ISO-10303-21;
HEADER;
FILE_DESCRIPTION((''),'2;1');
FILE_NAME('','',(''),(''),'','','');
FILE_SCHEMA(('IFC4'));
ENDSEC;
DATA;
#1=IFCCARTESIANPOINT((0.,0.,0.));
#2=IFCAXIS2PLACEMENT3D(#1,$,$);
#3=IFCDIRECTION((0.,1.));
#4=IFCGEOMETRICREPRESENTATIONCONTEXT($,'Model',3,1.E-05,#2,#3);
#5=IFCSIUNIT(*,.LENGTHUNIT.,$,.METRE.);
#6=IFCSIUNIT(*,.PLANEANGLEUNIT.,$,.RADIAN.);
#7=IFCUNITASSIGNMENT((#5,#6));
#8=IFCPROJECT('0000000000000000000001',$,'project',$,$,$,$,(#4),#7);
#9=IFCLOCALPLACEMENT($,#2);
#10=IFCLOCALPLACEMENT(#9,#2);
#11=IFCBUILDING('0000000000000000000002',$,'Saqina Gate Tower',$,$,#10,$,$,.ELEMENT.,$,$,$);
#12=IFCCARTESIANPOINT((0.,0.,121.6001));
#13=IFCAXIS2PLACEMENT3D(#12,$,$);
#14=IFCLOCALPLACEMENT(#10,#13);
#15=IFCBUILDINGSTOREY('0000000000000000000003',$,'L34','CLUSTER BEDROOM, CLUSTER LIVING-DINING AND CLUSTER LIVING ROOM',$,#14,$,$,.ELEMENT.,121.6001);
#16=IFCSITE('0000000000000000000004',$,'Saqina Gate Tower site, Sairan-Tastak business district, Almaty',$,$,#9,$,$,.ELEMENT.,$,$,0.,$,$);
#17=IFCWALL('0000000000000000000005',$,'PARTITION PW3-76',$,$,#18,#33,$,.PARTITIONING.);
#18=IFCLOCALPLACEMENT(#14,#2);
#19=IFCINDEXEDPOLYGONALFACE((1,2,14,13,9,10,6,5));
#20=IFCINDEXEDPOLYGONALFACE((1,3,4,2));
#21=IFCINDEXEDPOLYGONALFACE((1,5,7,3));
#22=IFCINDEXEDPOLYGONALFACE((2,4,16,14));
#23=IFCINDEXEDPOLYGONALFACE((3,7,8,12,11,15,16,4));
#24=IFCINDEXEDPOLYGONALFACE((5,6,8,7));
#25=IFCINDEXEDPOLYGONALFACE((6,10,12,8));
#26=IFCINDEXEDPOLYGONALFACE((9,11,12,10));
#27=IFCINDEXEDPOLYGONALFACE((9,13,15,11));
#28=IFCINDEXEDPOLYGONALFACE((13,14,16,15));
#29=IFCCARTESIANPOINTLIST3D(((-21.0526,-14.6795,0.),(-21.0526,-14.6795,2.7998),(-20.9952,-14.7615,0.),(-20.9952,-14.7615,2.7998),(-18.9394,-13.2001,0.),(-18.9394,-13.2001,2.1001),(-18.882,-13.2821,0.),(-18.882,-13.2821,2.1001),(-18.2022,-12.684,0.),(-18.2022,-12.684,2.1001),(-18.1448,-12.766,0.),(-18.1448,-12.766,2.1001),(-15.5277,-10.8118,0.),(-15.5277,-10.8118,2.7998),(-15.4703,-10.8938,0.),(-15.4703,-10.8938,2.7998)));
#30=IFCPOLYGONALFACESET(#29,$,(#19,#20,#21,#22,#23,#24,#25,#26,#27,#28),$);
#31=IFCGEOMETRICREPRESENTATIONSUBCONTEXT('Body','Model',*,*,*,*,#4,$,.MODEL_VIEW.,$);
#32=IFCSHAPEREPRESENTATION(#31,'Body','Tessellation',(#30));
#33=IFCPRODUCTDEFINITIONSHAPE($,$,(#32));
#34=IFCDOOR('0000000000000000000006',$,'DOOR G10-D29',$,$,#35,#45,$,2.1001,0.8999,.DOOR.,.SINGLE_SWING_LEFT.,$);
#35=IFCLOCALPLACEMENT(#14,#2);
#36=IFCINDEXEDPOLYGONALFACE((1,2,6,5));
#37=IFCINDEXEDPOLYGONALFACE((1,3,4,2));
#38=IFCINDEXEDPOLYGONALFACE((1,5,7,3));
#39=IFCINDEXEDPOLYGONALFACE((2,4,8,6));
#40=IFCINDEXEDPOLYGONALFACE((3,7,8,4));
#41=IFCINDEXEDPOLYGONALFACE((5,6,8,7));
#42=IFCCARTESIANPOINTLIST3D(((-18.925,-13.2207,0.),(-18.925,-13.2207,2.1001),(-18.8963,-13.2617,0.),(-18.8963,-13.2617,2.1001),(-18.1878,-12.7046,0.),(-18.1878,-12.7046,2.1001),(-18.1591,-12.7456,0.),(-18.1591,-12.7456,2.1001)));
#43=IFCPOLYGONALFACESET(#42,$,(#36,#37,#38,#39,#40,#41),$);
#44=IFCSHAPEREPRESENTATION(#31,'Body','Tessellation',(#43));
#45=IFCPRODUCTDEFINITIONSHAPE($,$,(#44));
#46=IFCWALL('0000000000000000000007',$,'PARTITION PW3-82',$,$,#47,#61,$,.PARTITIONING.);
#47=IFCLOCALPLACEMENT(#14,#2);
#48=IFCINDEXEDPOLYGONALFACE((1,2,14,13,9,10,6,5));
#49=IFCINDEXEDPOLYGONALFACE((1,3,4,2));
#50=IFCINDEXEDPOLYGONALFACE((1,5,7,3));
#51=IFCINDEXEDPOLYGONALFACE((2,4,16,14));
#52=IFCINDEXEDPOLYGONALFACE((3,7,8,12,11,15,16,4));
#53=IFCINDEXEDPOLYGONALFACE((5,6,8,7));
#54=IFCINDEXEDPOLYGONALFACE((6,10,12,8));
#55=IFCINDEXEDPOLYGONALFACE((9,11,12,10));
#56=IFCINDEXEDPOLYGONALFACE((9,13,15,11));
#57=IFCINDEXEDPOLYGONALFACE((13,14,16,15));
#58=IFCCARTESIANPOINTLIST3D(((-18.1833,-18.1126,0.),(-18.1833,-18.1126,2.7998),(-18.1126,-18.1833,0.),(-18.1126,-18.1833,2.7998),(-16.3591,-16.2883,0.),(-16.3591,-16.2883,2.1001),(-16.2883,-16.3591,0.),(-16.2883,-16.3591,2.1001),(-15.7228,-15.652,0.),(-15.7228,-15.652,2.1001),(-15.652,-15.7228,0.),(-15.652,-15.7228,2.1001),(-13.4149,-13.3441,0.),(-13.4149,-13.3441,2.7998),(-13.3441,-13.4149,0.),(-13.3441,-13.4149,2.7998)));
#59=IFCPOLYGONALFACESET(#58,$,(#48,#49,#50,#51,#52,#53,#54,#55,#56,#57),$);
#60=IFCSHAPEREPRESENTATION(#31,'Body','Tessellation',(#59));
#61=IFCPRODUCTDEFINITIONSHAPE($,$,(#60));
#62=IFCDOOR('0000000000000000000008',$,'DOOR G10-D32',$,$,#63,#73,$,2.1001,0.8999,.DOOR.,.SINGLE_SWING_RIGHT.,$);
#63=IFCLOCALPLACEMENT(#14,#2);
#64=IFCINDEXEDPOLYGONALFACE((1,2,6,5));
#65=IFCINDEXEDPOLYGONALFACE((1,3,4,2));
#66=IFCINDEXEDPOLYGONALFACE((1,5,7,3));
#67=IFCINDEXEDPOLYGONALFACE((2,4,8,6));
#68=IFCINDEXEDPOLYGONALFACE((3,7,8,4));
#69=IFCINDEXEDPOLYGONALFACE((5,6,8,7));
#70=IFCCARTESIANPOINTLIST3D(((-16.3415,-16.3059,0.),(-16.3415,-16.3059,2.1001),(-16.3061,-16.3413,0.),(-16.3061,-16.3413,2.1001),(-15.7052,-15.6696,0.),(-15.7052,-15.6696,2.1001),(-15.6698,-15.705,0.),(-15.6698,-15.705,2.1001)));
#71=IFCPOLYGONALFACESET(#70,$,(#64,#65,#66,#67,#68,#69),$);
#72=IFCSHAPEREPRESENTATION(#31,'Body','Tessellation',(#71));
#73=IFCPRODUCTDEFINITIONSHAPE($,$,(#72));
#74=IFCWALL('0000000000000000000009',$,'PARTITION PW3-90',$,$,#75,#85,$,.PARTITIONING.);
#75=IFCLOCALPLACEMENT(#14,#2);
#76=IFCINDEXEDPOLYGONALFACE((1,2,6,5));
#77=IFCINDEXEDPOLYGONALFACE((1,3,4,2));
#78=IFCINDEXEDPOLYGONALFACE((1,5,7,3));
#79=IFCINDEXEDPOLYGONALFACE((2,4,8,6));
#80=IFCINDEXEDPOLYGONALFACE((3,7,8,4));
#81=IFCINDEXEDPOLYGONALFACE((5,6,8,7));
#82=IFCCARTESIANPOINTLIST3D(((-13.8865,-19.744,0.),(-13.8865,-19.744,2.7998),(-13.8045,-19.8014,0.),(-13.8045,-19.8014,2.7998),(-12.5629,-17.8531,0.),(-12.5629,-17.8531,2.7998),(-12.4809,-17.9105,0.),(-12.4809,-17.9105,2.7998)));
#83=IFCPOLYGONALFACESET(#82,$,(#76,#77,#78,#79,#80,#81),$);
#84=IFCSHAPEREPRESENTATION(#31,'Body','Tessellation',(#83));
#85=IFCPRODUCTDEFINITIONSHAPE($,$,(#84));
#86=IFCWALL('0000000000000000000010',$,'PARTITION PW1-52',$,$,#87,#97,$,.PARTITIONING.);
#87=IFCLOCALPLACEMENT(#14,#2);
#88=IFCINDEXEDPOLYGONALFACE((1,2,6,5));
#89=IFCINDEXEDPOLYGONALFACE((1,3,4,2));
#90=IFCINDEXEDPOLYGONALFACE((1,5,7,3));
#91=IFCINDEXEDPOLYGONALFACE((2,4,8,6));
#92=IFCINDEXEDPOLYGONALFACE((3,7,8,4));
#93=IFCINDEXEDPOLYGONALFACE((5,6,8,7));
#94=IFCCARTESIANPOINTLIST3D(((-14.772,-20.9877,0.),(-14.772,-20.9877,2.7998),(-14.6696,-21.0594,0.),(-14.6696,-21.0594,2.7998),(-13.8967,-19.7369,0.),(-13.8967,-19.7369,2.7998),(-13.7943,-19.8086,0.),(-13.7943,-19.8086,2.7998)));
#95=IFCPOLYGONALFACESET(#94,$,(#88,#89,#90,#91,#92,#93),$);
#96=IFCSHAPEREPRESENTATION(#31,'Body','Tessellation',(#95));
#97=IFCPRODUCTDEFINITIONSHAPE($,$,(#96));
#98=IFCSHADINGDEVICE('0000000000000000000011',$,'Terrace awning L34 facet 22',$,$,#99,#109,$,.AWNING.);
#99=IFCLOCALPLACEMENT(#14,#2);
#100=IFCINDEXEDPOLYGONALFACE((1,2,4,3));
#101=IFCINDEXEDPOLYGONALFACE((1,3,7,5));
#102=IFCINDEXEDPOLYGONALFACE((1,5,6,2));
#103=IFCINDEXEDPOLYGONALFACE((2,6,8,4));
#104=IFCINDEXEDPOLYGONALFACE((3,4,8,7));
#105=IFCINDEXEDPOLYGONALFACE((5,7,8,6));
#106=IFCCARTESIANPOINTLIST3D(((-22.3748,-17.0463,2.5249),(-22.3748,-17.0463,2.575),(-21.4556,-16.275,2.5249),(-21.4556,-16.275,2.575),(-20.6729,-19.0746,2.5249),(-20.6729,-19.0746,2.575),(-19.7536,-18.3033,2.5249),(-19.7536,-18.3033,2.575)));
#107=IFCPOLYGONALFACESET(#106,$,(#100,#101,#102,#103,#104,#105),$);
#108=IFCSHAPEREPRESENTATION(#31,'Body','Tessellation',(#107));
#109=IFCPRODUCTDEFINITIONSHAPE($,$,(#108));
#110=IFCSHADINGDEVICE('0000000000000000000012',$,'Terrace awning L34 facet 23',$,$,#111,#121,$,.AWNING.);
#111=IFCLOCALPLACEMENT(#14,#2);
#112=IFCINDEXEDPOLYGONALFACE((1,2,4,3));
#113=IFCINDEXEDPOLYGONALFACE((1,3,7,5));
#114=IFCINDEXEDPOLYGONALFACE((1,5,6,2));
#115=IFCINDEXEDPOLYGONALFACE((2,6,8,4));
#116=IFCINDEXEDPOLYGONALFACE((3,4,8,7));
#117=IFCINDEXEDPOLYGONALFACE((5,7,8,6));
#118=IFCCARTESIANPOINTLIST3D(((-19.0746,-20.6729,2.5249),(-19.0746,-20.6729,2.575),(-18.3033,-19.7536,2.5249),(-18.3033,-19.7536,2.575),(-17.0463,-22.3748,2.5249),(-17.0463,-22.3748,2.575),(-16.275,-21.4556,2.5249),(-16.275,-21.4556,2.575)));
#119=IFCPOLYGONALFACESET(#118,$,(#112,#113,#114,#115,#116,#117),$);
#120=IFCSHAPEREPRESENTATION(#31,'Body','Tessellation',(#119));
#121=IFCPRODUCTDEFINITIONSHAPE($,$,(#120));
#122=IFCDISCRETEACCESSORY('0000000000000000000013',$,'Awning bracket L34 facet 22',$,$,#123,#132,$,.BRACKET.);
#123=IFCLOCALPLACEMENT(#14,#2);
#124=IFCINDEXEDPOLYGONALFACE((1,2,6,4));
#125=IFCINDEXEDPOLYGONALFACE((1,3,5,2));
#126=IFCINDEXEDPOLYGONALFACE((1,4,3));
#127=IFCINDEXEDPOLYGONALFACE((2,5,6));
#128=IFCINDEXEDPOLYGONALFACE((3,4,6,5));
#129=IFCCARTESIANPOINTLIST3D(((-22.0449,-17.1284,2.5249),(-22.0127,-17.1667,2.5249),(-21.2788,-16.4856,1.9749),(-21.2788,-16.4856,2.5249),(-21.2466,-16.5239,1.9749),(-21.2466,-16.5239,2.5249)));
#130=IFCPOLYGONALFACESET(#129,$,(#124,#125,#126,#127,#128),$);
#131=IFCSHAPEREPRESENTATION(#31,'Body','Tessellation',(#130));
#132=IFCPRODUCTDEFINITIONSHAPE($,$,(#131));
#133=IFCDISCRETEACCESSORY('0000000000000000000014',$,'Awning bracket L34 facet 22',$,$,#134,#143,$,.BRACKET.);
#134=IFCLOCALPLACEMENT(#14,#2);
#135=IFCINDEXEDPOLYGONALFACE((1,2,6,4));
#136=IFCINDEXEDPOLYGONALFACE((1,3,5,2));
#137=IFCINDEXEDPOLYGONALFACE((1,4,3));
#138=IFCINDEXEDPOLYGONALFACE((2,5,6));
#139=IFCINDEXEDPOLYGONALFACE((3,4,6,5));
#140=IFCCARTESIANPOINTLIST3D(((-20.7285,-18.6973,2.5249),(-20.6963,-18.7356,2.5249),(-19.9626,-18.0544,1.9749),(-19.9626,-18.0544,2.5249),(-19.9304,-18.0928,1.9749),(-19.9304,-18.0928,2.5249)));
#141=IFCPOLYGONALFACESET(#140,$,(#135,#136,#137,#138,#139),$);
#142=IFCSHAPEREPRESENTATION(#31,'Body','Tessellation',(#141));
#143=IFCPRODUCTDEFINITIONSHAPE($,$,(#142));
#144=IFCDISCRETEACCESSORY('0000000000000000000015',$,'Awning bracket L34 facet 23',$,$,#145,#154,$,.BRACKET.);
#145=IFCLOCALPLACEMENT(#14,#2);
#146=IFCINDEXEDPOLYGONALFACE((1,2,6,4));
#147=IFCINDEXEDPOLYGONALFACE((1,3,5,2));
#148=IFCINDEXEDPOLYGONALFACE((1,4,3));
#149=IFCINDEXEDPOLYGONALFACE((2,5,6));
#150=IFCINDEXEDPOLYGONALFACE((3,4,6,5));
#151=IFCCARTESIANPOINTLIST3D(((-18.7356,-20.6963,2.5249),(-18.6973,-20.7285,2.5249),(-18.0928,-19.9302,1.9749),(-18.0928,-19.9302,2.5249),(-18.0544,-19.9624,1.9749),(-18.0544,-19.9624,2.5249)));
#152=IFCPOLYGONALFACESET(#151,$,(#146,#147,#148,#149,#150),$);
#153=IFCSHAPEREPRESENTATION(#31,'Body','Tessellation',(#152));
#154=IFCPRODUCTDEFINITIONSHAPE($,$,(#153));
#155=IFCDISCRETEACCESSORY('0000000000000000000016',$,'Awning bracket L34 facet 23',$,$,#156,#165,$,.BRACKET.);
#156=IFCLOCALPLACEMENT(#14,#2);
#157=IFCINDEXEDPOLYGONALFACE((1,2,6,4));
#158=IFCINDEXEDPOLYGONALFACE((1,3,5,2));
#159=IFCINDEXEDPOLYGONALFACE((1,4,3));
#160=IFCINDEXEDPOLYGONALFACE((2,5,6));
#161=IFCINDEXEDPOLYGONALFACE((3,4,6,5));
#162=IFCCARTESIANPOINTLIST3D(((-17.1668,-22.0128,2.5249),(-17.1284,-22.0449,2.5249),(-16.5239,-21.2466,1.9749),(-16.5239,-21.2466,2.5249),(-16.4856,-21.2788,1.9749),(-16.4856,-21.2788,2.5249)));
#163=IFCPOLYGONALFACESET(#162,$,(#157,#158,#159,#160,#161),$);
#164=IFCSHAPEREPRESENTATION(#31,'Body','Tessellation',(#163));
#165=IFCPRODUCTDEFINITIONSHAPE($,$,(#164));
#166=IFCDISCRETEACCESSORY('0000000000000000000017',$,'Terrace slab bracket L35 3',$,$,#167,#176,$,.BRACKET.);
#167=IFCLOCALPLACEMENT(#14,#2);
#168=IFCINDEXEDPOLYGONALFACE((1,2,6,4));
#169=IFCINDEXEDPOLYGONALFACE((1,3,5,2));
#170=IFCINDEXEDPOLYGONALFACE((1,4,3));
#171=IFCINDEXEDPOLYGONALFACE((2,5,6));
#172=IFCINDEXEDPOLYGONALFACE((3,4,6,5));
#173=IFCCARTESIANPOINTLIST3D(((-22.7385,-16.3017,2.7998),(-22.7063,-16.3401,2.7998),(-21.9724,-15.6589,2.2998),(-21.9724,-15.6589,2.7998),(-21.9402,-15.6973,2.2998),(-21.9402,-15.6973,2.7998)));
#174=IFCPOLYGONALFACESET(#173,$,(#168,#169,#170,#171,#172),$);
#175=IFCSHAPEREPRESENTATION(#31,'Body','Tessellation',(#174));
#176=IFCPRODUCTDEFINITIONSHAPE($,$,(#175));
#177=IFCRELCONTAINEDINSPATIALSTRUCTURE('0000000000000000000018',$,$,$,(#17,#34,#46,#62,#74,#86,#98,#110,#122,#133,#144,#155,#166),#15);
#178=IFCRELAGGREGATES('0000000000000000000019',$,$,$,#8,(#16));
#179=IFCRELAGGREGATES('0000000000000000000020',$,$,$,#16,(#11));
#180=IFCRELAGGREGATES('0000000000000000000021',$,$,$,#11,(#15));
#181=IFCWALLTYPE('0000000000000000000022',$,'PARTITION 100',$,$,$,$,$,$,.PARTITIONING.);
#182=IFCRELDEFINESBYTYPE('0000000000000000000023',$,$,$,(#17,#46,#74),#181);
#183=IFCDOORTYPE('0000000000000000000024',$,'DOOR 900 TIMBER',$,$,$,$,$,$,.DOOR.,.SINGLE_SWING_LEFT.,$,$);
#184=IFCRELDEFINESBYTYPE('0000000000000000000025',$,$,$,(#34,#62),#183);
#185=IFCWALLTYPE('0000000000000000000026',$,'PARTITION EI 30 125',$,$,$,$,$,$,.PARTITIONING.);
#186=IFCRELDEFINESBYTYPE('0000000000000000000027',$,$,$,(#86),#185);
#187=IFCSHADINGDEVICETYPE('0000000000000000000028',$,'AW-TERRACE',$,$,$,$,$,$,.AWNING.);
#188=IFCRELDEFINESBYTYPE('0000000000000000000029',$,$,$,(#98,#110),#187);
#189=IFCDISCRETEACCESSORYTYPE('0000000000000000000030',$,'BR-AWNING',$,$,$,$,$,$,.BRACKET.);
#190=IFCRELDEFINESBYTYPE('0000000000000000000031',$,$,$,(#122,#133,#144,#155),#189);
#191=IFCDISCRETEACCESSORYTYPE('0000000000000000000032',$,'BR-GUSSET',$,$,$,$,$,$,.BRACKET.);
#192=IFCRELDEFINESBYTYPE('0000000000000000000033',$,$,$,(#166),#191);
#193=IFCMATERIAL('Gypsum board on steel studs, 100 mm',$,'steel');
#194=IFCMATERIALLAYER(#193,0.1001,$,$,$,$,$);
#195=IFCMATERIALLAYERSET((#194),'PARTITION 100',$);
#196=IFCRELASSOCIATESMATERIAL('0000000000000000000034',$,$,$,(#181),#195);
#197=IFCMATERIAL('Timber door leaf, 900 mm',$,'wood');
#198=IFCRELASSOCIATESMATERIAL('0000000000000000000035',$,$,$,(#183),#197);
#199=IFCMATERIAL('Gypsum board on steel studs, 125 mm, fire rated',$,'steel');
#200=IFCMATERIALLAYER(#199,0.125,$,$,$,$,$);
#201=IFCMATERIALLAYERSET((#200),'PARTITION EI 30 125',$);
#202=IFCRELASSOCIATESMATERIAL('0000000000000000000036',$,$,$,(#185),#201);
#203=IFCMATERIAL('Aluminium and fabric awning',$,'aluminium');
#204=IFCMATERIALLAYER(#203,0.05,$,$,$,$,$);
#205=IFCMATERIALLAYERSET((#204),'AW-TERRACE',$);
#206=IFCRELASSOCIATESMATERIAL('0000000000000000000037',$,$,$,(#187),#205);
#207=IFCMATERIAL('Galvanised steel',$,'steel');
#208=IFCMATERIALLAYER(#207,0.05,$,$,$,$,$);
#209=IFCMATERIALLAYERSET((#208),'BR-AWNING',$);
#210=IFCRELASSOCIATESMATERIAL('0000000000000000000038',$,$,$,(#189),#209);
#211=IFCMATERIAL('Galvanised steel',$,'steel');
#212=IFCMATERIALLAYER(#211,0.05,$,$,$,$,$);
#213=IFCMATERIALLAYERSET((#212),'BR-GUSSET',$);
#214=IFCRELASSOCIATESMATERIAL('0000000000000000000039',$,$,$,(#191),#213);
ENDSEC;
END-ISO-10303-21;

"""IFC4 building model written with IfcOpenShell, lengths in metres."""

from ifc_helpers import new_model, si_unit, direction, frame, frame_2d, origin, origin_2d, place, context, subcontext, project, spatial, polyline, rectangle, outline, extrude, material, layer, layer_set, type_object, element, fill, save


model = new_model("IFC4")

# Units and contexts
model_context = context("Model", 3, precision=1e-05, world=origin(), true_north=direction((0.0, 1.0)))
body_context = subcontext(model_context, "Body", "Model", "MODEL_VIEW")
ifc_project = project(units=[si_unit("LENGTHUNIT", "METRE"), si_unit("PLANEANGLEUNIT", "RADIAN")], contexts=[model_context])

# Site, building, storey
site_placement = place(None, origin())
site = spatial("IfcSite", under=ifc_project, at=site_placement, Name="Saqina Gate Tower site, Sairan-Tastak business district, Almaty", CompositionType="ELEMENT", RefElevation=0.0)
building_placement = place(site_placement, origin())
building = spatial("IfcBuilding", under=site, at=building_placement, Name="Saqina Gate Tower", CompositionType="ELEMENT")
storey_placement = place(building_placement, frame((0.0, 0.0, 121.6001)))
storey = spatial("IfcBuildingStorey", under=building, at=storey_placement, Name="L34", Description="CLUSTER BEDROOM, CLUSTER LIVING-DINING AND CLUSTER LIVING ROOM", CompositionType="ELEMENT", Elevation=121.6001)

# Walls, openings, doors
ifc_material_1 = material(Name="Gypsum board on steel studs, 100 mm", Category="steel")
ifc_layer_1 = layer(ifc_material_1, 0.1001)
ifc_layer_set_1 = layer_set([ifc_layer_1], Name="PARTITION 100")
wall_type_1 = type_object("IfcWallType", Name="PARTITION 100", PredefinedType="PARTITIONING", material=ifc_layer_set_1)
wall_1_placement = place(storey_placement, frame((-21.0239, -14.7205, 0.0), z_axis=(0.0, 0.0, 1.0), x_axis=(0.819215, 0.573487, 0.0)))
wall_1 = element("IfcWall", 1, at=wall_1_placement, inside=storey, type_object=wall_type_1, Name="PARTITION PW3-76", PredefinedType="PARTITIONING", context=body_context, shape_type="SweptSolid", body=[
    extrude(rectangle(XDim=6.7441, YDim=0.1001, at=frame_2d((3.3721, 0.0))), origin(), (0.0, 0.0, 1.0), 2.7998),
])
opening_1_placement = place(wall_1_placement, frame((2.5796, 0.0, 0.0)))
opening_1 = element("IfcOpeningElement", 2, at=opening_1_placement, cuts=wall_1, PredefinedType="OPENING", context=body_context, shape_type="SweptSolid", body=[
    extrude(rectangle(XDim=0.8999, YDim=2.1001, at=frame_2d((0.45, 1.05))), frame((0.0, 0.062, 0.0), z_axis=(0.0, -1.0, 0.0), x_axis=(1.0, 0.0, 0.0)), (0.0, 0.0, 1.0), 0.124),
])
ifc_material_2 = material(Name="Timber door leaf, 900 mm", Category="wood")
door_type_1 = type_object("IfcDoorType", Name="DOOR 900 TIMBER", OperationType="SINGLE_SWING_LEFT", PredefinedType="DOOR", material=ifc_material_2)
door_1_placement = place(opening_1_placement, origin())
door_1 = element("IfcDoor", 3, at=door_1_placement, inside=storey, type_object=door_type_1, Name="DOOR G10-D29", OperationType="SINGLE_SWING_LEFT", OverallHeight=2.1001, OverallWidth=0.8999, PredefinedType="DOOR", context=body_context, shape_type="SweptSolid", body=[
    extrude(rectangle(XDim=0.8999, YDim=2.1001, at=frame_2d((0.45, 1.05))), frame((0.0, 0.0249, 0.0), z_axis=(0.0, -1.0, 0.0), x_axis=(1.0, 0.0, 0.0)), (0.0, 0.0, 1.0), 0.05),
])
fill(opening_1, door_1)
wall_2_placement = place(storey_placement, frame((-18.1479, -18.1479, 0.0), z_axis=(0.0, 0.0, 1.0), x_axis=(0.707107, 0.707107, 0.0)))
wall_2 = element("IfcWall", 4, at=wall_2_placement, inside=storey, type_object=wall_type_1, Name="PARTITION PW3-82", PredefinedType="PARTITIONING", context=body_context, shape_type="SweptSolid", body=[
    extrude(rectangle(XDim=6.7437, YDim=0.1001, at=frame_2d((3.3718, 0.0))), origin(), (0.0, 0.0, 1.0), 2.7998),
])
opening_2_placement = place(wall_2_placement, frame((2.5798, 0.0, 0.0)))
opening_2 = element("IfcOpeningElement", 5, at=opening_2_placement, cuts=wall_2, PredefinedType="OPENING", context=body_context, shape_type="SweptSolid", body=[
    extrude(rectangle(XDim=0.8999, YDim=2.1001, at=frame_2d((0.45, 1.05))), frame((0.0, 0.062, 0.0), z_axis=(0.0, -1.0, 0.0), x_axis=(1.0, 0.0, 0.0)), (0.0, 0.0, 1.0), 0.124),
])
door_2_placement = place(opening_2_placement, frame((0.8999, 0.0, 0.0), z_axis=(0.0, 0.0, 1.0), x_axis=(-1.0, 0.0, 0.0)))
door_2 = element("IfcDoor", 6, at=door_2_placement, inside=storey, type_object=door_type_1, Name="DOOR G10-D32", OperationType="SINGLE_SWING_RIGHT", OverallHeight=2.1001, OverallWidth=0.8999, PredefinedType="DOOR", context=body_context, shape_type="SweptSolid", body=[
    extrude(rectangle(XDim=0.8999, YDim=2.1001, at=frame_2d((0.45, 1.05))), frame((0.0, 0.0249, 0.0), z_axis=(0.0, -1.0, 0.0), x_axis=(1.0, 0.0, 0.0)), (0.0, 0.0, 1.0), 0.05),
])
fill(opening_2, door_2)

# Walls
wall_3_placement = place(storey_placement, frame((-13.8455, -19.7727, 0.0), z_axis=(0.0, 0.0, 1.0), x_axis=(0.573427, 0.819257, 0.0)))
element("IfcWall", 7, at=wall_3_placement, inside=storey, type_object=wall_type_1, Name="PARTITION PW3-90", PredefinedType="PARTITIONING", context=body_context, shape_type="SweptSolid", body=[
    extrude(rectangle(XDim=2.3081, YDim=0.1001, at=frame_2d((1.1541, 0.0))), origin(), (0.0, 0.0, 1.0), 2.7998),
])
ifc_material_3 = material(Name="Gypsum board on steel studs, 125 mm, fire rated", Category="steel")
ifc_layer_2 = layer(ifc_material_3, 0.125)
ifc_layer_set_2 = layer_set([ifc_layer_2], Name="PARTITION EI 30 125")
wall_type_2 = type_object("IfcWallType", Name="PARTITION EI 30 125", PredefinedType="PARTITIONING", material=ifc_layer_set_2)
wall_4_placement = place(storey_placement, frame((-14.7207, -21.0234, 0.0), z_axis=(0.0, 0.0, 1.0), x_axis=(0.573344, 0.819315, 0.0)))
element("IfcWall", 8, at=wall_4_placement, inside=storey, type_object=wall_type_2, Name="PARTITION PW1-52", PredefinedType="PARTITIONING", context=body_context, shape_type="SweptSolid", body=[
    extrude(rectangle(XDim=1.5266, YDim=0.125, at=frame_2d((0.7632, 0.0))), origin(), (0.0, 0.0, 1.0), 2.7998),
])

# Shading devices
ifc_material_4 = material(Name="Aluminium and fabric awning", Category="aluminium")
ifc_layer_3 = layer(ifc_material_4, 0.05)
ifc_layer_set_3 = layer_set([ifc_layer_3], Name="AW-TERRACE")
shading_device_type = type_object("IfcShadingDeviceType", Name="AW-TERRACE", PredefinedType="AWNING", material=ifc_layer_set_3)
for number, where, z_axis, x_axis, name in (
    (9, (-21.0642, -17.6748, 2.5249), (0.0, 0.0, 1.0), (0.642788, -0.766044, 0.0), "Terrace awning L34 facet 22"),
    (10, (-17.6748, -21.0642, 2.5249), (0.0, 0.0, 1.0), (0.766044, -0.642788, 0.0), "Terrace awning L34 facet 23"),
):
    element("IfcShadingDevice", number, at=place(storey_placement, frame(where, z_axis=z_axis, x_axis=x_axis)), inside=storey, type_object=shading_device_type, Name=name, PredefinedType="AWNING", context=body_context, shape_type="SweptSolid", body=[
        extrude(rectangle(XDim=2.6477, YDim=1.2, at=origin_2d()), origin(), (0.0, 0.0, 1.0), 0.05),
    ])

# Discrete accessories
ifc_material_5 = material(Name="Galvanised steel", Category="steel")
ifc_layer_4 = layer(ifc_material_5, 0.05)
ifc_layer_set_4 = layer_set([ifc_layer_4], Name="BR-AWNING")
discrete_accessory_type_1 = type_object("IfcDiscreteAccessoryType", Name="BR-AWNING", PredefinedType="BRACKET", material=ifc_layer_set_4)
discrete_accessory_1_placement = place(storey_placement, frame((-21.2466, -16.5239, 1.9749), z_axis=(0.642774, -0.766056, 0.0), x_axis=(0.0, 0.0, 1.0)))
element("IfcDiscreteAccessory", 11, at=discrete_accessory_1_placement, inside=storey, type_object=discrete_accessory_type_1, Name="Awning bracket L34 facet 22", PredefinedType="BRACKET", context=body_context, shape_type="SweptSolid", body=[
    extrude(outline(polyline([(0.0, 0.0), (0.55, 0.0), (0.55, 1.0001), (0.0, 0.0)])), origin(), (0.0, 0.0, -1.0), 0.05),
])
discrete_accessory_2_placement = place(storey_placement, frame((-19.9304, -18.0928, 1.9749), z_axis=(0.642894, -0.765955, 0.0), x_axis=(0.0, 0.0, 1.0)))
element("IfcDiscreteAccessory", 12, at=discrete_accessory_2_placement, inside=storey, type_object=discrete_accessory_type_1, Name="Awning bracket L34 facet 22", PredefinedType="BRACKET", context=body_context, shape_type="SweptSolid", body=[
    extrude(outline(polyline([(0.0, 0.0), (0.55, 0.0), (0.55, 0.9999), (0.0, 0.0)])), origin(), (0.0, 0.0, -1.0), 0.05),
])
for number, where, z_axis, x_axis, name in (
    (13, (-18.0544, -19.9624, 1.9749), (0.766056, -0.642774, 0.0), (0.0, 0.0, 1.0), "Awning bracket L34 facet 23"),
    (14, (-16.4856, -21.2788, 1.9749), (0.766056, -0.642774, 0.0), (0.0, 0.0, 1.0), "Awning bracket L34 facet 23"),
):
    element("IfcDiscreteAccessory", number, at=place(storey_placement, frame(where, z_axis=z_axis, x_axis=x_axis)), inside=storey, type_object=discrete_accessory_type_1, Name=name, PredefinedType="BRACKET", context=body_context, shape_type="SweptSolid", body=[
        extrude(outline(polyline([(0.0, 0.0), (0.55, 0.0), (0.55, 1.0001), (0.0, 0.0)])), origin(), (0.0, 0.0, -1.0), 0.05),
    ])
ifc_material_6 = material(Name="Galvanised steel", Category="steel")
ifc_layer_5 = layer(ifc_material_6, 0.05)
ifc_layer_set_5 = layer_set([ifc_layer_5], Name="BR-GUSSET")
discrete_accessory_type_2 = type_object("IfcDiscreteAccessoryType", Name="BR-GUSSET", PredefinedType="BRACKET", material=ifc_layer_set_5)
for number, where, z_axis, x_axis, name in (
    (15, (-21.9402, -15.6973, 2.2998), (0.642774, -0.766056, 0.0), (0.0, 0.0, 1.0), "Terrace slab bracket L35 3"),
):
    element("IfcDiscreteAccessory", number, at=place(storey_placement, frame(where, z_axis=z_axis, x_axis=x_axis)), inside=storey, type_object=discrete_accessory_type_2, Name=name, PredefinedType="BRACKET", context=body_context, shape_type="SweptSolid", body=[
        extrude(outline(polyline([(0.0, 0.0), (0.5, 0.0), (0.5, 1.0001), (0.0, 0.0)])), origin(), (0.0, 0.0, -1.0), 0.05),
    ])

save(model, "model.ifc")
